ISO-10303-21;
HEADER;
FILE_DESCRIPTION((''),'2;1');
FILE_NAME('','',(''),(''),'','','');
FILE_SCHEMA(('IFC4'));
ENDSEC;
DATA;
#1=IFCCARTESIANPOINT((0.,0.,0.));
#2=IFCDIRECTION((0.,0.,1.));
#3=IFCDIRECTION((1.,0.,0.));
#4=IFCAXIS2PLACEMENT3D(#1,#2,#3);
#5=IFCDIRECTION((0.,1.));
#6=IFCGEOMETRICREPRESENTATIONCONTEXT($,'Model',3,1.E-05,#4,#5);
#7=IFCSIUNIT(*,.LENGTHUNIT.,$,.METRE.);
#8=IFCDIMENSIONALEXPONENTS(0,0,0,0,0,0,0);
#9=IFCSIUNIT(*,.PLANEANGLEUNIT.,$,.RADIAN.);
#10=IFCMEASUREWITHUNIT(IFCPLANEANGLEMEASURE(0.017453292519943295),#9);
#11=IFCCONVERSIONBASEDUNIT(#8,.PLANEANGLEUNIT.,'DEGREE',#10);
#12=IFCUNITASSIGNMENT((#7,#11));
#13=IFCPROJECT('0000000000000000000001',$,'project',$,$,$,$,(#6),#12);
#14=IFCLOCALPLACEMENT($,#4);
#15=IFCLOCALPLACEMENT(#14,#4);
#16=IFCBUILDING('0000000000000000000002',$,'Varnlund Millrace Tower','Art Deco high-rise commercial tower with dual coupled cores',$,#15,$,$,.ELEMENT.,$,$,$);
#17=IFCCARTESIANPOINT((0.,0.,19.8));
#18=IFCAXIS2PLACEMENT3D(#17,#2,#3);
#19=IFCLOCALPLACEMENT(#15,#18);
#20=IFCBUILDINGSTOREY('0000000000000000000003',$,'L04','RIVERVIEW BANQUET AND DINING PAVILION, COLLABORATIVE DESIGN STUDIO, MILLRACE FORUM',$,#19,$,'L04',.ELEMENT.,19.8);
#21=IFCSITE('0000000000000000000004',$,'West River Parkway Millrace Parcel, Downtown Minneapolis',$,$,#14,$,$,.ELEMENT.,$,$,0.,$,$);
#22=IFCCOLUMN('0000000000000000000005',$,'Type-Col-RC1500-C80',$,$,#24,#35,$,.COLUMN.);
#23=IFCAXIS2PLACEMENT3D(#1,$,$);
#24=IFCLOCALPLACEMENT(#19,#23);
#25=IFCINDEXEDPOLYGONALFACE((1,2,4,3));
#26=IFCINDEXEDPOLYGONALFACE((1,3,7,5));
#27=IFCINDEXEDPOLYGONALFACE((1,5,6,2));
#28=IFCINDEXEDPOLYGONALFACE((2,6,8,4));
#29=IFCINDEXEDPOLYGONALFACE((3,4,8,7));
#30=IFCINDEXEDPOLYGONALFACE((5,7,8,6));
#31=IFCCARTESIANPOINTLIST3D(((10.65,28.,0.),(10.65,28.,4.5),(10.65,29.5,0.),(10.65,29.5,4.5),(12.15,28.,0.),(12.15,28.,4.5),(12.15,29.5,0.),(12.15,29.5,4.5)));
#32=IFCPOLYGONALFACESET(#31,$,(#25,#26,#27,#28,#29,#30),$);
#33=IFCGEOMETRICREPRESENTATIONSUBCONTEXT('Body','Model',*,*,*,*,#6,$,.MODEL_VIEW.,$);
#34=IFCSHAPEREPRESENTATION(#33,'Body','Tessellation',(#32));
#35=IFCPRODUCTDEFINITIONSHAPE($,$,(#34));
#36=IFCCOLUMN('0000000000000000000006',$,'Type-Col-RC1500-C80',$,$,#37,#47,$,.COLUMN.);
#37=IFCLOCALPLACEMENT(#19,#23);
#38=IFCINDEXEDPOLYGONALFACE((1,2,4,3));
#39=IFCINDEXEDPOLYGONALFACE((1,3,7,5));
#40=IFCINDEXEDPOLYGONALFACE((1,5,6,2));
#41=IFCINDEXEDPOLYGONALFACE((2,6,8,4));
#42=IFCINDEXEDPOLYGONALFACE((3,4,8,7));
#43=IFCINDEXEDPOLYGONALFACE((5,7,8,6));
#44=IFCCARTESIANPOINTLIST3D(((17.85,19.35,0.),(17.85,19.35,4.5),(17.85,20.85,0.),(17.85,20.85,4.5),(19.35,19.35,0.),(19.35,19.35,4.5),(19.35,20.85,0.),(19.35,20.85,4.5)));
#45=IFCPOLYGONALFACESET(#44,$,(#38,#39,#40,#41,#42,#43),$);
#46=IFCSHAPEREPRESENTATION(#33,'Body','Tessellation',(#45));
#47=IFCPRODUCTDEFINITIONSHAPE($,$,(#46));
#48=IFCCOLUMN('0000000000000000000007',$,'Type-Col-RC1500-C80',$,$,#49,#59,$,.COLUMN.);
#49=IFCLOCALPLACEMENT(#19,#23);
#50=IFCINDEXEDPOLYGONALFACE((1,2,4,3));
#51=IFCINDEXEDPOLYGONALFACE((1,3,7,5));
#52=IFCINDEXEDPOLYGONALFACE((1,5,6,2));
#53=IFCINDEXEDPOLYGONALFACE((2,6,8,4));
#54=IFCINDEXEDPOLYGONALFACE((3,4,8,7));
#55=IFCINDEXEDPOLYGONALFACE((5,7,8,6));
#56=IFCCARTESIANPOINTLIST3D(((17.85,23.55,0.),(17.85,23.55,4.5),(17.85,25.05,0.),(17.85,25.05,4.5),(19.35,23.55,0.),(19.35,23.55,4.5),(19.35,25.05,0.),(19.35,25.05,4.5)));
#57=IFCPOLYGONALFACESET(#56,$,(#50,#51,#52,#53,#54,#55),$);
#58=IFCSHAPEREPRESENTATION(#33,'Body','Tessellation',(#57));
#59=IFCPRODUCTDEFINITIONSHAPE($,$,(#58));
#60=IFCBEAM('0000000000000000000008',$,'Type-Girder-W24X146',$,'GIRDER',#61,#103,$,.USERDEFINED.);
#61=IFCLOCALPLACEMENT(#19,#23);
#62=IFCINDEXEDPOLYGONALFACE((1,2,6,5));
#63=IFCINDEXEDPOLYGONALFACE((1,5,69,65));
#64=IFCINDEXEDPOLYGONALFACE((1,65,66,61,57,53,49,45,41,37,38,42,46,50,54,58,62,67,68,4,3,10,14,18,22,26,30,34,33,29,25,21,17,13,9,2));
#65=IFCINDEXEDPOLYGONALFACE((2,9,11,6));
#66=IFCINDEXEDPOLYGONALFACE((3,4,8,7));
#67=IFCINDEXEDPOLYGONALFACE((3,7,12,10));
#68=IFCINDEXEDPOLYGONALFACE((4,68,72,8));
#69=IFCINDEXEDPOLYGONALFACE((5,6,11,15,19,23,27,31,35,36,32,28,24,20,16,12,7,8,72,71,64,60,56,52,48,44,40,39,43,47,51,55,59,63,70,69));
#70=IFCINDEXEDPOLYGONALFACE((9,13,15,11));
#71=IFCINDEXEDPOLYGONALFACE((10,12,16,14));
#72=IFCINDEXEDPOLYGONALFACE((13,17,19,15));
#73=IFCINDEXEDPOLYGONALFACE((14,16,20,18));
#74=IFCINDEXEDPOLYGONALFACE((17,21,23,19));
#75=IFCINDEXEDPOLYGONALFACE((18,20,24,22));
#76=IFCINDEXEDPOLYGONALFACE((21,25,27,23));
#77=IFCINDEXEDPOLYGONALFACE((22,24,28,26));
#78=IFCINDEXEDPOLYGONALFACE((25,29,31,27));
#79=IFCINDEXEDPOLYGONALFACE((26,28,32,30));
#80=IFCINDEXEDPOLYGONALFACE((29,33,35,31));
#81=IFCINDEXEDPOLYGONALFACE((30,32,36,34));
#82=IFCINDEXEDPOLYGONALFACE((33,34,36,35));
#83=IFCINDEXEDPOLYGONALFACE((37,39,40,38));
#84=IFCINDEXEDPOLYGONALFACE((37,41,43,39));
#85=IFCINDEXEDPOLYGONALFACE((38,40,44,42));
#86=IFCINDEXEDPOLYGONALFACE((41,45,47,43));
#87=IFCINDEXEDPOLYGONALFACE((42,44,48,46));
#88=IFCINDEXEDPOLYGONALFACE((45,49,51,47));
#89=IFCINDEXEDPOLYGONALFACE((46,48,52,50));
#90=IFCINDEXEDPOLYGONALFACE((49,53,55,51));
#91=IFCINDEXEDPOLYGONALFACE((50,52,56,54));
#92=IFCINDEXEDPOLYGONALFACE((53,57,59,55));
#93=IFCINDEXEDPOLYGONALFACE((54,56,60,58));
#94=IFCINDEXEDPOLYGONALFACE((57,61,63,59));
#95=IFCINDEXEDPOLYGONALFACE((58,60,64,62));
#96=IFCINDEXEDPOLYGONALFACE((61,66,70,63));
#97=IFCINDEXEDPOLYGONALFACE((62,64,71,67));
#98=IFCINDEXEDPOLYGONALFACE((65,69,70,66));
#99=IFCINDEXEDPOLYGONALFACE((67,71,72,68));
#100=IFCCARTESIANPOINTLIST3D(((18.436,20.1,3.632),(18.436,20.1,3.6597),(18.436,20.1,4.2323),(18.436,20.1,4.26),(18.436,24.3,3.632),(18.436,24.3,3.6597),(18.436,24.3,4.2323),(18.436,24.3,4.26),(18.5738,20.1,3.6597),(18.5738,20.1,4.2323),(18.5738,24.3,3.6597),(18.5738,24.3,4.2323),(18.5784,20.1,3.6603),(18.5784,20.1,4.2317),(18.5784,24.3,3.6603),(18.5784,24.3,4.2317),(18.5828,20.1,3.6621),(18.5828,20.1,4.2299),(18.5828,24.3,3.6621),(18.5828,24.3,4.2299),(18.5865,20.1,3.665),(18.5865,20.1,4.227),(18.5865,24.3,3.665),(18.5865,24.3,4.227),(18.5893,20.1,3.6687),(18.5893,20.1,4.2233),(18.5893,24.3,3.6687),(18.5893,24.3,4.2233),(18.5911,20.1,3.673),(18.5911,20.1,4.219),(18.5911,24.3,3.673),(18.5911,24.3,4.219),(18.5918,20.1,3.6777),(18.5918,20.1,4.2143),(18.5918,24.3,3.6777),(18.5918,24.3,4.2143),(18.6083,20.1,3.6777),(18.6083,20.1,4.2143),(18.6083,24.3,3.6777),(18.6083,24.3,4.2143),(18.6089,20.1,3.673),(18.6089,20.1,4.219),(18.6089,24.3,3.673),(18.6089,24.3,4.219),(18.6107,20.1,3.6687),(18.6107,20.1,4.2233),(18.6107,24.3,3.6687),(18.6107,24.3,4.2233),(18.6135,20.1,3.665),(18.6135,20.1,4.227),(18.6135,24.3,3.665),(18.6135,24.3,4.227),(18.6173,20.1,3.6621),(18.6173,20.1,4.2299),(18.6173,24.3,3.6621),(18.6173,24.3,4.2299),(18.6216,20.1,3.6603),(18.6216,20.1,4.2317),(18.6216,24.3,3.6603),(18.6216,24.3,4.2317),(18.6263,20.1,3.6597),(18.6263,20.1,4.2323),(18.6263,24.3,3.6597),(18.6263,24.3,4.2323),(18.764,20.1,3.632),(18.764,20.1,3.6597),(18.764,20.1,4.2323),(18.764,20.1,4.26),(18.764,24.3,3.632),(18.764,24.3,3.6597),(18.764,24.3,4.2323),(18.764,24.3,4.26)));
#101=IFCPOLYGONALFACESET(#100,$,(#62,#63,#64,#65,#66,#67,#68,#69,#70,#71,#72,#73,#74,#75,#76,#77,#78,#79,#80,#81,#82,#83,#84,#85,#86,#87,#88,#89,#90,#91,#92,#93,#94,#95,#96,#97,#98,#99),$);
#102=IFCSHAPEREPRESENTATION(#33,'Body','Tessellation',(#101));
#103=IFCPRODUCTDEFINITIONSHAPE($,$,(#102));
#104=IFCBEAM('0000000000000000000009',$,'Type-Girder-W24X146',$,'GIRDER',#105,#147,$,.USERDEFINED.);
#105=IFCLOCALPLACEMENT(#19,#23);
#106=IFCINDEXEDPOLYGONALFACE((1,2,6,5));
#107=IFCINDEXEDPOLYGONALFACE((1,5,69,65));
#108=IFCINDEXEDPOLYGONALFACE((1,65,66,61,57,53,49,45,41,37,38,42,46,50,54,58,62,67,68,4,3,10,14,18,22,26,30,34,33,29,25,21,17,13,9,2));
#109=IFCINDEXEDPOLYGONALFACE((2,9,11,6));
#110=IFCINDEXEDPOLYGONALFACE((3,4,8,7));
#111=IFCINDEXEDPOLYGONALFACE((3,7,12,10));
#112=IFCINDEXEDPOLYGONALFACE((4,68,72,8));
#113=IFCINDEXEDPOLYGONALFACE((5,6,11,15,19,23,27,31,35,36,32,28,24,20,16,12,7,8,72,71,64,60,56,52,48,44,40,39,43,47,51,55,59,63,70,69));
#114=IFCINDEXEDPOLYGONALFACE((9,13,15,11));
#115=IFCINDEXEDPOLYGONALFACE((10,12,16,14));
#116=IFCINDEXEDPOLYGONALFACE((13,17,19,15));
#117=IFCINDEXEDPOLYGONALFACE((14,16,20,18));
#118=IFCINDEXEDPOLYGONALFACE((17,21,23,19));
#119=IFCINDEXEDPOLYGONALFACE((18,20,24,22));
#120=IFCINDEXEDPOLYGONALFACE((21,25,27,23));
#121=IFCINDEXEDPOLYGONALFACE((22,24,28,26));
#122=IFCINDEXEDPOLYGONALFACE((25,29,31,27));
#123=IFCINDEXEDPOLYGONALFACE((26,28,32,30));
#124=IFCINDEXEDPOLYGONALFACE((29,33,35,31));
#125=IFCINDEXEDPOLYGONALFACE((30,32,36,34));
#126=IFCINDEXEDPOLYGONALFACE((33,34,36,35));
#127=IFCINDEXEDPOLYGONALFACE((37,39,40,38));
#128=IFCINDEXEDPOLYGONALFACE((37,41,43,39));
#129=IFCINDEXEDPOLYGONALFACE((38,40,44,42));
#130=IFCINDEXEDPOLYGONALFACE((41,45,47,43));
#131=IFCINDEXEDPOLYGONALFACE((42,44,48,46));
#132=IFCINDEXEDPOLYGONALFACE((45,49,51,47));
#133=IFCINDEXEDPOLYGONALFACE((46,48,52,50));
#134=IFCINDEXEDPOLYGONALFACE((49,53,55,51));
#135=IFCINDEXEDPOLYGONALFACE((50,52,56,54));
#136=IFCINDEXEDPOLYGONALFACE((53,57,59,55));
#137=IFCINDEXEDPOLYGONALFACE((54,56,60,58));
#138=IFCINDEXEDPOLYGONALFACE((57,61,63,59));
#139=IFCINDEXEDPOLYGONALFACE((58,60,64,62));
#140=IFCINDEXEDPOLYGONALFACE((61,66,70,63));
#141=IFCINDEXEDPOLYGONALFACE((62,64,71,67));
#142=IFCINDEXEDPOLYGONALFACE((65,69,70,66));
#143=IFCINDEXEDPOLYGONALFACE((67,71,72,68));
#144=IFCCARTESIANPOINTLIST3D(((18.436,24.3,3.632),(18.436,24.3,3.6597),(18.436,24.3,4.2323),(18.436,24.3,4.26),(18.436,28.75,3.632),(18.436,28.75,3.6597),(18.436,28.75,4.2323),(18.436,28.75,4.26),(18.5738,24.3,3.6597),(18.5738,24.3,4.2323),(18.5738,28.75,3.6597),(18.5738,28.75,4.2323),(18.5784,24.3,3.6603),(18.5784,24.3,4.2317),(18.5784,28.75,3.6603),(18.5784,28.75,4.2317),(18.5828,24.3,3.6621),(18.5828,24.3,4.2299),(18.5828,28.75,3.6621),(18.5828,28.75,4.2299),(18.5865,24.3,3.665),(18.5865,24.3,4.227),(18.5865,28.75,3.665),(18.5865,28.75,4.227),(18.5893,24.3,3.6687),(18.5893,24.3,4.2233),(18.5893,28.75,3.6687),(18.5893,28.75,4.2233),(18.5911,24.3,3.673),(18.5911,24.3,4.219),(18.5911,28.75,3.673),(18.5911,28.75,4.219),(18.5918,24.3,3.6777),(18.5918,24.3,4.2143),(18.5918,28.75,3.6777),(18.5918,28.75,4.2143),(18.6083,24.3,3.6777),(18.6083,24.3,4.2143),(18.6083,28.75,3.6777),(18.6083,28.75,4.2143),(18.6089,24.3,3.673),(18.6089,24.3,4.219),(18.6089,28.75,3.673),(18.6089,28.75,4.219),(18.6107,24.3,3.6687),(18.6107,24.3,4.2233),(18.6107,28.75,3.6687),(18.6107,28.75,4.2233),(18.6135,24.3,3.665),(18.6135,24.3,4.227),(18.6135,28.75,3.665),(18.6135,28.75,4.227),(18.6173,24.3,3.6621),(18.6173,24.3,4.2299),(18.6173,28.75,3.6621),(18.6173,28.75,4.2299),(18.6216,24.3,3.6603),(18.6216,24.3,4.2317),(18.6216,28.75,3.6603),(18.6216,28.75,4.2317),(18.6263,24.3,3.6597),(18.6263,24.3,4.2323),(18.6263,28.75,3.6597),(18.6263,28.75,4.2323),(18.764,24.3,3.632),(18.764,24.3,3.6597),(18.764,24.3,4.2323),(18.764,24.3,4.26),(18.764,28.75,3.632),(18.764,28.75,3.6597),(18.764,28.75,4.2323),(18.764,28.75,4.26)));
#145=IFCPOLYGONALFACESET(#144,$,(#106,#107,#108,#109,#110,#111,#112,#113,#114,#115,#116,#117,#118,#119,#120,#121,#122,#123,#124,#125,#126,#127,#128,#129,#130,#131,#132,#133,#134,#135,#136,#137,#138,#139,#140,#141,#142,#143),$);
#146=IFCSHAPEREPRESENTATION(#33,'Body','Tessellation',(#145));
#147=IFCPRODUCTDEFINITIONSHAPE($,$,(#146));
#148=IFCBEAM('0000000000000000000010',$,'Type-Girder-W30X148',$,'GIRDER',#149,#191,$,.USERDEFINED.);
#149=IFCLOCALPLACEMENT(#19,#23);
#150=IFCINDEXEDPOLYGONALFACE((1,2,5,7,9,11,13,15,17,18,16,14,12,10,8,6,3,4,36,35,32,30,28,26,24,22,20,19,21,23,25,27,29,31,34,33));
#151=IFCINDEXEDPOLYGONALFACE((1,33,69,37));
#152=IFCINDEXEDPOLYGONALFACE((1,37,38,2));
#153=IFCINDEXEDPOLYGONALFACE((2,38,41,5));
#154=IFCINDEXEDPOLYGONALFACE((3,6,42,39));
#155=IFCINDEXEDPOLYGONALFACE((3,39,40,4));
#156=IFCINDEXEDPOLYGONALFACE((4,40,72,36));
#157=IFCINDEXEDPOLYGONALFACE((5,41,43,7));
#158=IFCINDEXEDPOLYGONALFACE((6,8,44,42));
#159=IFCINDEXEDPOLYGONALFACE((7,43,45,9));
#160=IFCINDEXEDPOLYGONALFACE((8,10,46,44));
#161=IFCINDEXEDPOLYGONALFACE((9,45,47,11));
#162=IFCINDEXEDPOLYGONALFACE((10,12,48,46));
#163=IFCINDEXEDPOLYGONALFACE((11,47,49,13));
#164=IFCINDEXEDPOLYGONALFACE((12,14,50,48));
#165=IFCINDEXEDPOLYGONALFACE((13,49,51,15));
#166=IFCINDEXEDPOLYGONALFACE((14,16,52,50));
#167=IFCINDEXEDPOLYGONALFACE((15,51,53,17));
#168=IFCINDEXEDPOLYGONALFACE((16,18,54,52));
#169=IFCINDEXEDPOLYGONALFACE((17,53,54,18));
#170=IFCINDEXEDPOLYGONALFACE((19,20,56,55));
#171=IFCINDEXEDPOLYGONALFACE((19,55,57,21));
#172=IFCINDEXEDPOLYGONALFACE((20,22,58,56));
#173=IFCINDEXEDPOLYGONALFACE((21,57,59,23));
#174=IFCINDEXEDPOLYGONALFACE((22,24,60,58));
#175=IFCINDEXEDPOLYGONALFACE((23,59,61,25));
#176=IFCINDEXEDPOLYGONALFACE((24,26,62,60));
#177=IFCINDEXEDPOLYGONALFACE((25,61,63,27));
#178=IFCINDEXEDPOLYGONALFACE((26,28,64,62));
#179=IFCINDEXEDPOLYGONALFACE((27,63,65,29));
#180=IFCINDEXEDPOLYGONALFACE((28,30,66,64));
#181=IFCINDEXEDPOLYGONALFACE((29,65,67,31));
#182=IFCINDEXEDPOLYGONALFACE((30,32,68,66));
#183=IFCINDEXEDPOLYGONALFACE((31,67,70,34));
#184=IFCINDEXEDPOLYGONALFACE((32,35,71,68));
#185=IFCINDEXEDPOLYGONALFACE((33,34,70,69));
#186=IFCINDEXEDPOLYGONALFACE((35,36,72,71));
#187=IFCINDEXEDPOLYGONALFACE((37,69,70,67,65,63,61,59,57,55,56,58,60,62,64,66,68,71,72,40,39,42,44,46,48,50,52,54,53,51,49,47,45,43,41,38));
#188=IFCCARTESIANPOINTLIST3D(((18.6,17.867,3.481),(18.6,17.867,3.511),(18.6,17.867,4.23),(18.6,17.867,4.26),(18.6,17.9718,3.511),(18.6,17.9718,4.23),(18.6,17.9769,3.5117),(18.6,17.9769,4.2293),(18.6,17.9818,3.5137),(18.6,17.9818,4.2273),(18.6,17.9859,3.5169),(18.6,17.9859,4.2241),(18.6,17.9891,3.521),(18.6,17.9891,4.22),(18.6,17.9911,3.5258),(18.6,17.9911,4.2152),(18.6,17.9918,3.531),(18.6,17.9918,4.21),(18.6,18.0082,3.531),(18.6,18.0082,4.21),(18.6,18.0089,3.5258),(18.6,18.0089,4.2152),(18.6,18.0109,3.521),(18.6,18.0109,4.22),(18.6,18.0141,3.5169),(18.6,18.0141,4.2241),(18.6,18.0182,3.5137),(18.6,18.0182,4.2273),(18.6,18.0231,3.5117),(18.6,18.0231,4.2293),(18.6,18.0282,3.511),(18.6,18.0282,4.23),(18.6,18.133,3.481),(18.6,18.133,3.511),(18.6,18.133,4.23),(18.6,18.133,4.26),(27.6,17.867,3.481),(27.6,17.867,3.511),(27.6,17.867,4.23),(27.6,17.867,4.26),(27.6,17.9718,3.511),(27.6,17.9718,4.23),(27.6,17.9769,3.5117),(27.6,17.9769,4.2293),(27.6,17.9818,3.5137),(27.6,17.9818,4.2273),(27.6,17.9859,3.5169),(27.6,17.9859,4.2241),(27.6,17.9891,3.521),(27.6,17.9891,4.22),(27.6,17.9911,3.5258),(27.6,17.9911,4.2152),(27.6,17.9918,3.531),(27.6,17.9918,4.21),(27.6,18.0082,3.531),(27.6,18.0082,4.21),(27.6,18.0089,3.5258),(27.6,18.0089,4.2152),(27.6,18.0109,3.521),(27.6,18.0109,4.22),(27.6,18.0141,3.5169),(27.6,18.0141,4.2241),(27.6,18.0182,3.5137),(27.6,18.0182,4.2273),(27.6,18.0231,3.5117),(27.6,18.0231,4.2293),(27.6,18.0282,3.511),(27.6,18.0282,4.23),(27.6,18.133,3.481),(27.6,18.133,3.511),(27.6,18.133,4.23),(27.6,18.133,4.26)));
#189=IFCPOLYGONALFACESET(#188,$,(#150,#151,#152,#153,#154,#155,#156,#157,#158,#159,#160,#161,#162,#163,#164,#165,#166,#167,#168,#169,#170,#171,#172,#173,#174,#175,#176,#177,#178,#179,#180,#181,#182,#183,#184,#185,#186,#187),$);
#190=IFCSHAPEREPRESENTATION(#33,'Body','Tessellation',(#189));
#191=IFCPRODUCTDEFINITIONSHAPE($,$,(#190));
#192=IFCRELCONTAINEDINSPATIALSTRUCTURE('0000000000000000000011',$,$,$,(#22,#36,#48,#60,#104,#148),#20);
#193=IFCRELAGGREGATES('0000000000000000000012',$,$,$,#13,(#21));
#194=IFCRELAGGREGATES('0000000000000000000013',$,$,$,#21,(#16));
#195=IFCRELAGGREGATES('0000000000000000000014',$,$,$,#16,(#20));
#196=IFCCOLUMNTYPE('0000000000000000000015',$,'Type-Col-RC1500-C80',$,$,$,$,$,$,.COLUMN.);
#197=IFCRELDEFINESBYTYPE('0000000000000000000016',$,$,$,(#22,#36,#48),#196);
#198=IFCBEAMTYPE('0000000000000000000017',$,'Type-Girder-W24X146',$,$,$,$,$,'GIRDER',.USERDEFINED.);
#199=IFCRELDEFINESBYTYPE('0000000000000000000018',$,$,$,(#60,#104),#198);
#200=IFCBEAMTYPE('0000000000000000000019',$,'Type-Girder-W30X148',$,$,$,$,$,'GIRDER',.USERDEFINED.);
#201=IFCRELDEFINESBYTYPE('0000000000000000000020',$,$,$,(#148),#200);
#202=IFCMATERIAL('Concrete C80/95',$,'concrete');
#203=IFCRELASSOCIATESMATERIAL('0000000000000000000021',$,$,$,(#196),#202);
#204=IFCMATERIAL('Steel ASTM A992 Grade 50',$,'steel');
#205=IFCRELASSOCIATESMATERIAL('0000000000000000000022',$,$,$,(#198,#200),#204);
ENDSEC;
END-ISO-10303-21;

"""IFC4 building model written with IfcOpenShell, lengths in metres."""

from ifc_helpers import new_model, entity, si_unit, converted_unit, direction, frame, origin_with_axes, origin_2d_with_axis, place, context, subcontext, project, spatial, rectangle, i_section, extrude, material, material_profile, profile_set, type_object, element, save


model = new_model("IFC4")

# Units and contexts
model_context = context("Model", 3, precision=1e-05, world=origin_with_axes(), true_north=direction((0.0, 1.0)))
body_context = subcontext(model_context, "Body", "Model", "MODEL_VIEW")
ifc_project = project(units=[si_unit("LENGTHUNIT", "METRE"), converted_unit("PLANEANGLEUNIT", "DEGREE", entity("IfcPlaneAngleMeasure", 0.017453292519943295), si_unit("PLANEANGLEUNIT", "RADIAN"), dimensions=[0, 0, 0, 0, 0, 0, 0])], contexts=[model_context])

# Site, building, storey
site_placement = place(None, origin_with_axes())
site = spatial("IfcSite", under=ifc_project, at=site_placement, Name="West River Parkway Millrace Parcel, Downtown Minneapolis", CompositionType="ELEMENT", RefElevation=0.0)
building_placement = place(site_placement, origin_with_axes())
building = spatial("IfcBuilding", under=site, at=building_placement, Name="Varnlund Millrace Tower", Description="Art Deco high-rise commercial tower with dual coupled cores", CompositionType="ELEMENT")
storey_placement = place(building_placement, frame((0.0, 0.0, 19.8), z_axis=(0.0, 0.0, 1.0), x_axis=(1.0, 0.0, 0.0)))
storey = spatial("IfcBuildingStorey", under=building, at=storey_placement, Name="L04", Description="RIVERVIEW BANQUET AND DINING PAVILION, COLLABORATIVE DESIGN STUDIO, MILLRACE FORUM", LongName="L04", CompositionType="ELEMENT", Elevation=19.8)

# Columns
ifc_material_1 = material(Name="Concrete C80/95", Category="concrete")
ifc_material_profile_1 = material_profile(ifc_material_1, rectangle(XDim=1.5, YDim=1.5, at=origin_2d_with_axis()), Name="Concrete C80/95")
ifc_profile_set_1 = profile_set([ifc_material_profile_1], Name="Concrete C80/95")
column_type = type_object("IfcColumnType", Name="Type-Col-RC1500-C80", PredefinedType="COLUMN", material=ifc_profile_set_1)
for number, where, z_axis, x_axis, name in (
    (1, (11.4, 28.75, 0.0), (0.0, 0.0, 1.0), (1.0, 0.0, 0.0), "Type-Col-RC1500-C80"),
    (2, (18.6, 20.1, 0.0), (0.0, 0.0, 1.0), (1.0, 0.0, 0.0), "Type-Col-RC1500-C80"),
    (3, (18.6, 24.3, 0.0), (0.0, 0.0, 1.0), (1.0, 0.0, 0.0), "Type-Col-RC1500-C80"),
):
    element("IfcColumn", number, at=place(storey_placement, frame(where, z_axis=z_axis, x_axis=x_axis)), inside=storey, type_object=column_type, Name=name, PredefinedType="COLUMN", context=body_context, shape_type="SweptSolid", body=[
        extrude(rectangle(XDim=1.5, YDim=1.5, at=origin_2d_with_axis()), origin_with_axes(), (0.0, 0.0, 1.0), 4.5),
    ])

# Beams
ifc_material_2 = material(Name="Steel ASTM A992 Grade 50", Category="steel")
ifc_material_profile_2 = material_profile(ifc_material_2, i_section(OverallWidth=0.328, OverallDepth=0.628, WebThickness=0.0165, FlangeThickness=0.0277, FilletRadius=0.018, at=origin_2d_with_axis()), Name="Steel ASTM A992 Grade 50")
ifc_profile_set_2 = profile_set([ifc_material_profile_2], Name="Steel ASTM A992 Grade 50")
beam_type_1 = type_object("IfcBeamType", Name="Type-Girder-W24X146", ElementType="GIRDER", PredefinedType="USERDEFINED", material=ifc_profile_set_2)
beam_1_placement = place(storey_placement, frame((18.6, 20.1, 3.946), z_axis=(0.0, 1.0, 0.0), x_axis=(-1.0, 0.0, 0.0)))
element("IfcBeam", 4, at=beam_1_placement, inside=storey, type_object=beam_type_1, Name="Type-Girder-W24X146", ObjectType="GIRDER", PredefinedType="USERDEFINED", context=body_context, shape_type="SweptSolid", body=[
    extrude(i_section(OverallWidth=0.328, OverallDepth=0.628, WebThickness=0.0165, FlangeThickness=0.0277, FilletRadius=0.018, at=origin_2d_with_axis()), origin_with_axes(), (0.0, 0.0, 1.0), 4.2),
])
beam_2_placement = place(storey_placement, frame((18.6, 24.3, 3.946), z_axis=(0.0, 1.0, 0.0), x_axis=(-1.0, 0.0, 0.0)))
element("IfcBeam", 5, at=beam_2_placement, inside=storey, type_object=beam_type_1, Name="Type-Girder-W24X146", ObjectType="GIRDER", PredefinedType="USERDEFINED", context=body_context, shape_type="SweptSolid", body=[
    extrude(i_section(OverallWidth=0.328, OverallDepth=0.628, WebThickness=0.0165, FlangeThickness=0.0277, FilletRadius=0.018, at=origin_2d_with_axis()), origin_with_axes(), (0.0, 0.0, 1.0), 4.45),
])
ifc_material_profile_3 = material_profile(ifc_material_2, i_section(OverallWidth=0.266, OverallDepth=0.779, WebThickness=0.0165, FlangeThickness=0.03, FilletRadius=0.02, at=origin_2d_with_axis()), Name="Steel ASTM A992 Grade 50")
ifc_profile_set_3 = profile_set([ifc_material_profile_3], Name="Steel ASTM A992 Grade 50")
beam_type_2 = type_object("IfcBeamType", Name="Type-Girder-W30X148", ElementType="GIRDER", PredefinedType="USERDEFINED", material=ifc_profile_set_3)
beam_3_placement = place(storey_placement, frame((18.6, 18.0, 3.8705), z_axis=(1.0, 0.0, 0.0), x_axis=(0.0, 1.0, 0.0)))
element("IfcBeam", 6, at=beam_3_placement, inside=storey, type_object=beam_type_2, Name="Type-Girder-W30X148", ObjectType="GIRDER", PredefinedType="USERDEFINED", context=body_context, shape_type="SweptSolid", body=[
    extrude(i_section(OverallWidth=0.266, OverallDepth=0.779, WebThickness=0.0165, FlangeThickness=0.03, FilletRadius=0.02, at=origin_2d_with_axis()), origin_with_axes(), (0.0, 0.0, 1.0), 9.0),
])

save(model, "model.ifc")
